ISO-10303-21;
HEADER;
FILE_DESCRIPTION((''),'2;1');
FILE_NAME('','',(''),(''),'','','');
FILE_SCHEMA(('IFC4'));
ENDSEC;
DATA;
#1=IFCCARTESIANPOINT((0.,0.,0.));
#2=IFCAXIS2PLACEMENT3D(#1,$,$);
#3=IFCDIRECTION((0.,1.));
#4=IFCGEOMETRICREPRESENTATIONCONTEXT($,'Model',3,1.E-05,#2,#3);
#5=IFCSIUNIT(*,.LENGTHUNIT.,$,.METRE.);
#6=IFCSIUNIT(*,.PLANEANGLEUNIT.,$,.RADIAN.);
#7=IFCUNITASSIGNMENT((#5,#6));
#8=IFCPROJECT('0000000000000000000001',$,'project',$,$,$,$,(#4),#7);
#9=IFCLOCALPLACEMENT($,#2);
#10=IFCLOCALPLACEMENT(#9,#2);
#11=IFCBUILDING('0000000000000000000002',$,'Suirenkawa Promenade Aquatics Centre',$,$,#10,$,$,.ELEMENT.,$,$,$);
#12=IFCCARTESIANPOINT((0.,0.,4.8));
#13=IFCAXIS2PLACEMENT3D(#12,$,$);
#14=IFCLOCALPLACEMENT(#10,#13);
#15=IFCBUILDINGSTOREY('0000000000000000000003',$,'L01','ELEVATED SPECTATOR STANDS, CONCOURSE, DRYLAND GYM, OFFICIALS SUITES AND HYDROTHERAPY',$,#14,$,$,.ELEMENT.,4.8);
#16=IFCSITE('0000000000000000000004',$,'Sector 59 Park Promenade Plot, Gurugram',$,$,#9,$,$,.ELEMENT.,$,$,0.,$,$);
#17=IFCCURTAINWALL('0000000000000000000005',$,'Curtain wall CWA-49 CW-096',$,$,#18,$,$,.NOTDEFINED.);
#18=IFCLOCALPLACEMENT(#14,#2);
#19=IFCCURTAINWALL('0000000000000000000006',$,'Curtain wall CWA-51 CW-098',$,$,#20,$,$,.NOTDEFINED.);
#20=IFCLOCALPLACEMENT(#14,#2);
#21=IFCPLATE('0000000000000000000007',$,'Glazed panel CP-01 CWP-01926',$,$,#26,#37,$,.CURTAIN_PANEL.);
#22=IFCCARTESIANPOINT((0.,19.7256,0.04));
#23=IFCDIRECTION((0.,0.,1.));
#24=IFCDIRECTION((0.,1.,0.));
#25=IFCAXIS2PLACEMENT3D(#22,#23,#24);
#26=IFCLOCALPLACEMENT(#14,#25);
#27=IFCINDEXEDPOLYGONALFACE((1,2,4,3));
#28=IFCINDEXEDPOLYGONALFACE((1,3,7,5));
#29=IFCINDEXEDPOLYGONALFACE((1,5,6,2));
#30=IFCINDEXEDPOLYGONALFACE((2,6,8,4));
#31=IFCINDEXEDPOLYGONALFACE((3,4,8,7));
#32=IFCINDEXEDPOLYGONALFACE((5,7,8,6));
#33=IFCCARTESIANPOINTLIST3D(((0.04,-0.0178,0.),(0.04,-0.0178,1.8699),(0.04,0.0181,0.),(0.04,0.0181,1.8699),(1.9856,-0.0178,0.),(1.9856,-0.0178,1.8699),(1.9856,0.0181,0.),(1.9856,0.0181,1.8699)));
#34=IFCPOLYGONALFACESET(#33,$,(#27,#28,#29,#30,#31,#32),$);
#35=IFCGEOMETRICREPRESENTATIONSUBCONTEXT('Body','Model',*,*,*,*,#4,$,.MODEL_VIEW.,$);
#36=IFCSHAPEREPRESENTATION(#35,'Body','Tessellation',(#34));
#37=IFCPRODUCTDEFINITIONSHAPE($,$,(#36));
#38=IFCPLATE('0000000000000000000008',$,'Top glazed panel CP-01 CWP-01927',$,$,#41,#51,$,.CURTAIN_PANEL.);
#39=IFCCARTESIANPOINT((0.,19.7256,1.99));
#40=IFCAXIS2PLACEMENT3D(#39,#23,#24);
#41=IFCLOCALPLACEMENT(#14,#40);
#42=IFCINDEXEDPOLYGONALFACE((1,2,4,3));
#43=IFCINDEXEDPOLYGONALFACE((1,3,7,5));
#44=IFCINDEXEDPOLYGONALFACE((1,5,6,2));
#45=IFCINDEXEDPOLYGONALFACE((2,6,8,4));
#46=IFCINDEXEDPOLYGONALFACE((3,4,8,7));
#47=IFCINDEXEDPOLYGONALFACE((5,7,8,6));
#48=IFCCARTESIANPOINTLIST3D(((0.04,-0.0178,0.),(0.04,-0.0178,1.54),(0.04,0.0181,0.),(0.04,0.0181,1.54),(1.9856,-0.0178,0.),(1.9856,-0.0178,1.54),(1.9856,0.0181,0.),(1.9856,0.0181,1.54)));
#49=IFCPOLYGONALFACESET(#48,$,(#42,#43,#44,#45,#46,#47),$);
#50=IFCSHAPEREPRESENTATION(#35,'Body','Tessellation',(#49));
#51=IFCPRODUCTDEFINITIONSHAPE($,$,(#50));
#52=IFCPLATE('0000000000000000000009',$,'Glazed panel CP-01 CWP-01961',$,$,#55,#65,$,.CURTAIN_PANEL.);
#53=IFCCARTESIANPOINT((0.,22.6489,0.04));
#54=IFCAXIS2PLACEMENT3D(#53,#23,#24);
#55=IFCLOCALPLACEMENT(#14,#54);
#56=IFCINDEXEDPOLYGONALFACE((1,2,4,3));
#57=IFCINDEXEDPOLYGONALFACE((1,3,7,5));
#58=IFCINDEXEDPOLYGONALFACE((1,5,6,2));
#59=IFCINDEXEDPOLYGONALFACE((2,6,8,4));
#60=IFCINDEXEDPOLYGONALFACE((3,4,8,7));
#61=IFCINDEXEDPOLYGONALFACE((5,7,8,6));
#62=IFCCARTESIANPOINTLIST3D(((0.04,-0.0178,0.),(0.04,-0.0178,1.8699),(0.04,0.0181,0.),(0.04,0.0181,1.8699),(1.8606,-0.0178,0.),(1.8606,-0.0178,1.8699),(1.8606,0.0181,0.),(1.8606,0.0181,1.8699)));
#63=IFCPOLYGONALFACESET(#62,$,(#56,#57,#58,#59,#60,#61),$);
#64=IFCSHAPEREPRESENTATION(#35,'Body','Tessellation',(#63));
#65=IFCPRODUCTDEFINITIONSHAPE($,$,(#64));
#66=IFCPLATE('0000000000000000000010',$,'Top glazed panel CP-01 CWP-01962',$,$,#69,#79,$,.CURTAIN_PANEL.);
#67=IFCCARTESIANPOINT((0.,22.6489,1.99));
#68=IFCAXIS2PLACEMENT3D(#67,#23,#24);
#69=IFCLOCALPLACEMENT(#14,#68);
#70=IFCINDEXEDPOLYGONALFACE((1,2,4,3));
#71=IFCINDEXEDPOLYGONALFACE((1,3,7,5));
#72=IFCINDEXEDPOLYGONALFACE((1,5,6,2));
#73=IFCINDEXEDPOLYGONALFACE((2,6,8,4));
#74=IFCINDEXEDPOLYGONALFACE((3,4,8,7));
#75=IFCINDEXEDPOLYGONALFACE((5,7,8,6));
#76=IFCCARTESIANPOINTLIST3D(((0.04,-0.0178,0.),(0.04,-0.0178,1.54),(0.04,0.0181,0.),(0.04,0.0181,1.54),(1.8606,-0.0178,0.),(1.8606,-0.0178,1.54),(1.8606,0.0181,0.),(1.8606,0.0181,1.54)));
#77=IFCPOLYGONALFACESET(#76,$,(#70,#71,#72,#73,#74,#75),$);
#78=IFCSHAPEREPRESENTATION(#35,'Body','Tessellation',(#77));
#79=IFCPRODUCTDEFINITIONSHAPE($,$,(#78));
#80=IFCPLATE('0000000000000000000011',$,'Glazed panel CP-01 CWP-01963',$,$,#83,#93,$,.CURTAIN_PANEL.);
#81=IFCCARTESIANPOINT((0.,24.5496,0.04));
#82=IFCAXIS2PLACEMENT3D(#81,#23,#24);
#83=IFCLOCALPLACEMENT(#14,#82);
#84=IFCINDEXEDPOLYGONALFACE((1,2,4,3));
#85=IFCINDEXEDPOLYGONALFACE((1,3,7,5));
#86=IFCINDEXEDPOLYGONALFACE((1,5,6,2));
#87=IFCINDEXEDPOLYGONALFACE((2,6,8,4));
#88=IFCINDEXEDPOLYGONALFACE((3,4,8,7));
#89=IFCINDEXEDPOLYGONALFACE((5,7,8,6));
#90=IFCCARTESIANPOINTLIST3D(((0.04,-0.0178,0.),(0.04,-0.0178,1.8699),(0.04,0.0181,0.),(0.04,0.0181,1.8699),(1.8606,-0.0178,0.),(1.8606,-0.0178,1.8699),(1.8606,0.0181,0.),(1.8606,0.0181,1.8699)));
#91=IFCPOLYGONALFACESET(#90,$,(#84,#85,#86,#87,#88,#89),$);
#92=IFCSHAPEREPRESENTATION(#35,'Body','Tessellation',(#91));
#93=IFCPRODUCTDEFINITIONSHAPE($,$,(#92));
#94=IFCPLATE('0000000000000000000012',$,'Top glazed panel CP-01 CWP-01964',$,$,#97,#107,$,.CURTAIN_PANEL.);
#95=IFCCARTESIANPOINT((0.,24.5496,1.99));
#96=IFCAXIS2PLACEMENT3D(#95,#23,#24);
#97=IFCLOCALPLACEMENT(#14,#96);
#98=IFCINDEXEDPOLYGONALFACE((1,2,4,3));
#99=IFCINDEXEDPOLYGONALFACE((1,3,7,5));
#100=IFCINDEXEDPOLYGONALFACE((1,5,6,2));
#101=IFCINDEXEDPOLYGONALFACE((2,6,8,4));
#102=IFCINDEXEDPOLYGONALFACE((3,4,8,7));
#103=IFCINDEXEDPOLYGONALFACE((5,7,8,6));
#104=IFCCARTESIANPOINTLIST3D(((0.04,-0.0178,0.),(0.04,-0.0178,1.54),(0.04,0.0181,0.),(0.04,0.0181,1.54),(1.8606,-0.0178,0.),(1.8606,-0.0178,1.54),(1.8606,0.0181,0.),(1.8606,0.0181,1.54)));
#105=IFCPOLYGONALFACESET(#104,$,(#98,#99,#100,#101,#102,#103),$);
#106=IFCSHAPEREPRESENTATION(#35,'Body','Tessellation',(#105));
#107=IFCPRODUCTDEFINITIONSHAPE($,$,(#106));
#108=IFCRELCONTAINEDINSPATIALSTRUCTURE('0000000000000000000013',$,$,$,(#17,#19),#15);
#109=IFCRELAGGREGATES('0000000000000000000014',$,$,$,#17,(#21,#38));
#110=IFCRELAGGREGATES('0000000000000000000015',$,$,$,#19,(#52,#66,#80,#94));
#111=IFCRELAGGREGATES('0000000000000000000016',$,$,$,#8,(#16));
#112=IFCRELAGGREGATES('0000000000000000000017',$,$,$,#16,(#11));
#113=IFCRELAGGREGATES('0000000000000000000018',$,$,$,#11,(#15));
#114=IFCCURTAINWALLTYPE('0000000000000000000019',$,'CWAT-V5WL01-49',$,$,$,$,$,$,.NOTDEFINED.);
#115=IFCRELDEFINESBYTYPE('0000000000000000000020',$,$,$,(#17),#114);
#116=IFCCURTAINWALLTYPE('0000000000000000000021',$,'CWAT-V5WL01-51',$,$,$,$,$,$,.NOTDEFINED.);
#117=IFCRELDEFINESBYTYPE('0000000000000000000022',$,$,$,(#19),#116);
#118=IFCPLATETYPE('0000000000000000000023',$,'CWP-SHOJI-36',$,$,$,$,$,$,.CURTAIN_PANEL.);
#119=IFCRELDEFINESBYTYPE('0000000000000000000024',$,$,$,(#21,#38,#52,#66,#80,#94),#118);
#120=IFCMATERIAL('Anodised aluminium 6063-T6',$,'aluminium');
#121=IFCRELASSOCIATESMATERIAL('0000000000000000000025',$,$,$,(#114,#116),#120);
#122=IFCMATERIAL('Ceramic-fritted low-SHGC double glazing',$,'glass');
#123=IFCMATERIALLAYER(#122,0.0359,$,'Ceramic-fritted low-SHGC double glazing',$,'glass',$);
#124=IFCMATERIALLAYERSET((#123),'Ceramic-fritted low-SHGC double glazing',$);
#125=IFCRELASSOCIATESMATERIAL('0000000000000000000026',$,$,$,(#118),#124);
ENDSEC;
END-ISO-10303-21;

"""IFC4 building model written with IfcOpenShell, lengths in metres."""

from ifc_helpers import new_model, si_unit, direction, frame, origin, place, context, subcontext, project, spatial, polyline, outline, extrude, material, layer, layer_set, type_object, element, aggregate, save


model = new_model("IFC4")

# Units and contexts
model_context = context("Model", 3, precision=1e-05, world=origin(), true_north=direction((0.0, 1.0)))
body_context = subcontext(model_context, "Body", "Model", "MODEL_VIEW")
ifc_project = project(units=[si_unit("LENGTHUNIT", "METRE"), si_unit("PLANEANGLEUNIT", "RADIAN")], contexts=[model_context])

# Site, building, storey
site_placement = place(None, origin())
site = spatial("IfcSite", under=ifc_project, at=site_placement, Name="Sector 59 Park Promenade Plot, Gurugram", CompositionType="ELEMENT", RefElevation=0.0)
building_placement = place(site_placement, origin())
building = spatial("IfcBuilding", under=site, at=building_placement, Name="Suirenkawa Promenade Aquatics Centre", CompositionType="ELEMENT")
storey_placement = place(building_placement, frame((0.0, 0.0, 4.8)))
storey = spatial("IfcBuildingStorey", under=building, at=storey_placement, Name="L01", Description="ELEVATED SPECTATOR STANDS, CONCOURSE, DRYLAND GYM, OFFICIALS SUITES AND HYDROTHERAPY", CompositionType="ELEMENT", Elevation=4.8)

# Curtain walls
ifc_material_1 = material(Name="Anodised aluminium 6063-T6", Category="aluminium")
curtain_wall_type_1 = type_object("IfcCurtainWallType", Name="CWAT-V5WL01-49", PredefinedType="NOTDEFINED", material=ifc_material_1)
curtain_wall_1_placement = place(storey_placement, origin())
curtain_wall_1 = element("IfcCurtainWall", 1, at=curtain_wall_1_placement, inside=storey, type_object=curtain_wall_type_1, Name="Curtain wall CWA-49 CW-096", PredefinedType="NOTDEFINED")
curtain_wall_type_2 = type_object("IfcCurtainWallType", Name="CWAT-V5WL01-51", PredefinedType="NOTDEFINED", material=ifc_material_1)
curtain_wall_2_placement = place(storey_placement, origin())
curtain_wall_2 = element("IfcCurtainWall", 2, at=curtain_wall_2_placement, inside=storey, type_object=curtain_wall_type_2, Name="Curtain wall CWA-51 CW-098", PredefinedType="NOTDEFINED")

# Plates
ifc_material_2 = material(Name="Ceramic-fritted low-SHGC double glazing", Category="glass")
ifc_layer_1 = layer(ifc_material_2, 0.0359, Name="Ceramic-fritted low-SHGC double glazing", Category="glass")
ifc_layer_set_1 = layer_set([ifc_layer_1], Name="Ceramic-fritted low-SHGC double glazing")
plate_type = type_object("IfcPlateType", Name="CWP-SHOJI-36", PredefinedType="CURTAIN_PANEL", material=ifc_layer_set_1)
plate_1_placement = place(storey_placement, frame((0.0, 19.7256, 0.04), z_axis=(0.0, 0.0, 1.0), x_axis=(0.0, 1.0, 0.0)))
plate_1 = element("IfcPlate", 3, at=plate_1_placement, type_object=plate_type, Name="Glazed panel CP-01 CWP-01926", PredefinedType="CURTAIN_PANEL", context=body_context, shape_type="SweptSolid", body=[
    extrude(outline(polyline([(0.04, 0.0), (1.9856, 0.0), (1.9856, 1.8699), (0.04, 1.8699), (0.04, 0.0)])), frame((0.0, 0.0181, 0.0), z_axis=(0.0, -1.0, 0.0), x_axis=(1.0, 0.0, 0.0)), (0.0, 0.0, 1.0), 0.0359),
])
plate_2_placement = place(storey_placement, frame((0.0, 19.7256, 1.99), z_axis=(0.0, 0.0, 1.0), x_axis=(0.0, 1.0, 0.0)))
plate_2 = element("IfcPlate", 4, at=plate_2_placement, type_object=plate_type, Name="Top glazed panel CP-01 CWP-01927", PredefinedType="CURTAIN_PANEL", context=body_context, shape_type="SweptSolid", body=[
    extrude(outline(polyline([(0.04, 0.0), (1.9856, 0.0), (1.9856, 1.54), (0.04, 1.54), (0.04, 0.0)])), frame((0.0, 0.0181, 0.0), z_axis=(0.0, -1.0, 0.0), x_axis=(1.0, 0.0, 0.0)), (0.0, 0.0, 1.0), 0.0359),
])
aggregate(curtain_wall_1, [plate_1, plate_2])
plate_3_placement = place(storey_placement, frame((0.0, 22.6489, 0.04), z_axis=(0.0, 0.0, 1.0), x_axis=(0.0, 1.0, 0.0)))
plate_3 = element("IfcPlate", 5, at=plate_3_placement, type_object=plate_type, Name="Glazed panel CP-01 CWP-01961", PredefinedType="CURTAIN_PANEL", context=body_context, shape_type="SweptSolid", body=[
    extrude(outline(polyline([(0.04, 0.0), (1.8606, 0.0), (1.8606, 1.8699), (0.04, 1.8699), (0.04, 0.0)])), frame((0.0, 0.0181, 0.0), z_axis=(0.0, -1.0, 0.0), x_axis=(1.0, 0.0, 0.0)), (0.0, 0.0, 1.0), 0.0359),
])
plate_4_placement = place(storey_placement, frame((0.0, 22.6489, 1.99), z_axis=(0.0, 0.0, 1.0), x_axis=(0.0, 1.0, 0.0)))
plate_4 = element("IfcPlate", 6, at=plate_4_placement, type_object=plate_type, Name="Top glazed panel CP-01 CWP-01962", PredefinedType="CURTAIN_PANEL", context=body_context, shape_type="SweptSolid", body=[
    extrude(outline(polyline([(0.04, 0.0), (1.8606, 0.0), (1.8606, 1.54), (0.04, 1.54), (0.04, 0.0)])), frame((0.0, 0.0181, 0.0), z_axis=(0.0, -1.0, 0.0), x_axis=(1.0, 0.0, 0.0)), (0.0, 0.0, 1.0), 0.0359),
])
plate_5_placement = place(storey_placement, frame((0.0, 24.5496, 0.04), z_axis=(0.0, 0.0, 1.0), x_axis=(0.0, 1.0, 0.0)))
plate_5 = element("IfcPlate", 7, at=plate_5_placement, type_object=plate_type, Name="Glazed panel CP-01 CWP-01963", PredefinedType="CURTAIN_PANEL", context=body_context, shape_type="SweptSolid", body=[
    extrude(outline(polyline([(0.04, 0.0), (1.8606, 0.0), (1.8606, 1.8699), (0.04, 1.8699), (0.04, 0.0)])), frame((0.0, 0.0181, 0.0), z_axis=(0.0, -1.0, 0.0), x_axis=(1.0, 0.0, 0.0)), (0.0, 0.0, 1.0), 0.0359),
])
plate_6_placement = place(storey_placement, frame((0.0, 24.5496, 1.99), z_axis=(0.0, 0.0, 1.0), x_axis=(0.0, 1.0, 0.0)))
plate_6 = element("IfcPlate", 8, at=plate_6_placement, type_object=plate_type, Name="Top glazed panel CP-01 CWP-01964", PredefinedType="CURTAIN_PANEL", context=body_context, shape_type="SweptSolid", body=[
    extrude(outline(polyline([(0.04, 0.0), (1.8606, 0.0), (1.8606, 1.54), (0.04, 1.54), (0.04, 0.0)])), frame((0.0, 0.0181, 0.0), z_axis=(0.0, -1.0, 0.0), x_axis=(1.0, 0.0, 0.0)), (0.0, 0.0, 1.0), 0.0359),
])
aggregate(curtain_wall_2, [plate_3, plate_4, plate_5, plate_6])

save(model, "model.ifc")
